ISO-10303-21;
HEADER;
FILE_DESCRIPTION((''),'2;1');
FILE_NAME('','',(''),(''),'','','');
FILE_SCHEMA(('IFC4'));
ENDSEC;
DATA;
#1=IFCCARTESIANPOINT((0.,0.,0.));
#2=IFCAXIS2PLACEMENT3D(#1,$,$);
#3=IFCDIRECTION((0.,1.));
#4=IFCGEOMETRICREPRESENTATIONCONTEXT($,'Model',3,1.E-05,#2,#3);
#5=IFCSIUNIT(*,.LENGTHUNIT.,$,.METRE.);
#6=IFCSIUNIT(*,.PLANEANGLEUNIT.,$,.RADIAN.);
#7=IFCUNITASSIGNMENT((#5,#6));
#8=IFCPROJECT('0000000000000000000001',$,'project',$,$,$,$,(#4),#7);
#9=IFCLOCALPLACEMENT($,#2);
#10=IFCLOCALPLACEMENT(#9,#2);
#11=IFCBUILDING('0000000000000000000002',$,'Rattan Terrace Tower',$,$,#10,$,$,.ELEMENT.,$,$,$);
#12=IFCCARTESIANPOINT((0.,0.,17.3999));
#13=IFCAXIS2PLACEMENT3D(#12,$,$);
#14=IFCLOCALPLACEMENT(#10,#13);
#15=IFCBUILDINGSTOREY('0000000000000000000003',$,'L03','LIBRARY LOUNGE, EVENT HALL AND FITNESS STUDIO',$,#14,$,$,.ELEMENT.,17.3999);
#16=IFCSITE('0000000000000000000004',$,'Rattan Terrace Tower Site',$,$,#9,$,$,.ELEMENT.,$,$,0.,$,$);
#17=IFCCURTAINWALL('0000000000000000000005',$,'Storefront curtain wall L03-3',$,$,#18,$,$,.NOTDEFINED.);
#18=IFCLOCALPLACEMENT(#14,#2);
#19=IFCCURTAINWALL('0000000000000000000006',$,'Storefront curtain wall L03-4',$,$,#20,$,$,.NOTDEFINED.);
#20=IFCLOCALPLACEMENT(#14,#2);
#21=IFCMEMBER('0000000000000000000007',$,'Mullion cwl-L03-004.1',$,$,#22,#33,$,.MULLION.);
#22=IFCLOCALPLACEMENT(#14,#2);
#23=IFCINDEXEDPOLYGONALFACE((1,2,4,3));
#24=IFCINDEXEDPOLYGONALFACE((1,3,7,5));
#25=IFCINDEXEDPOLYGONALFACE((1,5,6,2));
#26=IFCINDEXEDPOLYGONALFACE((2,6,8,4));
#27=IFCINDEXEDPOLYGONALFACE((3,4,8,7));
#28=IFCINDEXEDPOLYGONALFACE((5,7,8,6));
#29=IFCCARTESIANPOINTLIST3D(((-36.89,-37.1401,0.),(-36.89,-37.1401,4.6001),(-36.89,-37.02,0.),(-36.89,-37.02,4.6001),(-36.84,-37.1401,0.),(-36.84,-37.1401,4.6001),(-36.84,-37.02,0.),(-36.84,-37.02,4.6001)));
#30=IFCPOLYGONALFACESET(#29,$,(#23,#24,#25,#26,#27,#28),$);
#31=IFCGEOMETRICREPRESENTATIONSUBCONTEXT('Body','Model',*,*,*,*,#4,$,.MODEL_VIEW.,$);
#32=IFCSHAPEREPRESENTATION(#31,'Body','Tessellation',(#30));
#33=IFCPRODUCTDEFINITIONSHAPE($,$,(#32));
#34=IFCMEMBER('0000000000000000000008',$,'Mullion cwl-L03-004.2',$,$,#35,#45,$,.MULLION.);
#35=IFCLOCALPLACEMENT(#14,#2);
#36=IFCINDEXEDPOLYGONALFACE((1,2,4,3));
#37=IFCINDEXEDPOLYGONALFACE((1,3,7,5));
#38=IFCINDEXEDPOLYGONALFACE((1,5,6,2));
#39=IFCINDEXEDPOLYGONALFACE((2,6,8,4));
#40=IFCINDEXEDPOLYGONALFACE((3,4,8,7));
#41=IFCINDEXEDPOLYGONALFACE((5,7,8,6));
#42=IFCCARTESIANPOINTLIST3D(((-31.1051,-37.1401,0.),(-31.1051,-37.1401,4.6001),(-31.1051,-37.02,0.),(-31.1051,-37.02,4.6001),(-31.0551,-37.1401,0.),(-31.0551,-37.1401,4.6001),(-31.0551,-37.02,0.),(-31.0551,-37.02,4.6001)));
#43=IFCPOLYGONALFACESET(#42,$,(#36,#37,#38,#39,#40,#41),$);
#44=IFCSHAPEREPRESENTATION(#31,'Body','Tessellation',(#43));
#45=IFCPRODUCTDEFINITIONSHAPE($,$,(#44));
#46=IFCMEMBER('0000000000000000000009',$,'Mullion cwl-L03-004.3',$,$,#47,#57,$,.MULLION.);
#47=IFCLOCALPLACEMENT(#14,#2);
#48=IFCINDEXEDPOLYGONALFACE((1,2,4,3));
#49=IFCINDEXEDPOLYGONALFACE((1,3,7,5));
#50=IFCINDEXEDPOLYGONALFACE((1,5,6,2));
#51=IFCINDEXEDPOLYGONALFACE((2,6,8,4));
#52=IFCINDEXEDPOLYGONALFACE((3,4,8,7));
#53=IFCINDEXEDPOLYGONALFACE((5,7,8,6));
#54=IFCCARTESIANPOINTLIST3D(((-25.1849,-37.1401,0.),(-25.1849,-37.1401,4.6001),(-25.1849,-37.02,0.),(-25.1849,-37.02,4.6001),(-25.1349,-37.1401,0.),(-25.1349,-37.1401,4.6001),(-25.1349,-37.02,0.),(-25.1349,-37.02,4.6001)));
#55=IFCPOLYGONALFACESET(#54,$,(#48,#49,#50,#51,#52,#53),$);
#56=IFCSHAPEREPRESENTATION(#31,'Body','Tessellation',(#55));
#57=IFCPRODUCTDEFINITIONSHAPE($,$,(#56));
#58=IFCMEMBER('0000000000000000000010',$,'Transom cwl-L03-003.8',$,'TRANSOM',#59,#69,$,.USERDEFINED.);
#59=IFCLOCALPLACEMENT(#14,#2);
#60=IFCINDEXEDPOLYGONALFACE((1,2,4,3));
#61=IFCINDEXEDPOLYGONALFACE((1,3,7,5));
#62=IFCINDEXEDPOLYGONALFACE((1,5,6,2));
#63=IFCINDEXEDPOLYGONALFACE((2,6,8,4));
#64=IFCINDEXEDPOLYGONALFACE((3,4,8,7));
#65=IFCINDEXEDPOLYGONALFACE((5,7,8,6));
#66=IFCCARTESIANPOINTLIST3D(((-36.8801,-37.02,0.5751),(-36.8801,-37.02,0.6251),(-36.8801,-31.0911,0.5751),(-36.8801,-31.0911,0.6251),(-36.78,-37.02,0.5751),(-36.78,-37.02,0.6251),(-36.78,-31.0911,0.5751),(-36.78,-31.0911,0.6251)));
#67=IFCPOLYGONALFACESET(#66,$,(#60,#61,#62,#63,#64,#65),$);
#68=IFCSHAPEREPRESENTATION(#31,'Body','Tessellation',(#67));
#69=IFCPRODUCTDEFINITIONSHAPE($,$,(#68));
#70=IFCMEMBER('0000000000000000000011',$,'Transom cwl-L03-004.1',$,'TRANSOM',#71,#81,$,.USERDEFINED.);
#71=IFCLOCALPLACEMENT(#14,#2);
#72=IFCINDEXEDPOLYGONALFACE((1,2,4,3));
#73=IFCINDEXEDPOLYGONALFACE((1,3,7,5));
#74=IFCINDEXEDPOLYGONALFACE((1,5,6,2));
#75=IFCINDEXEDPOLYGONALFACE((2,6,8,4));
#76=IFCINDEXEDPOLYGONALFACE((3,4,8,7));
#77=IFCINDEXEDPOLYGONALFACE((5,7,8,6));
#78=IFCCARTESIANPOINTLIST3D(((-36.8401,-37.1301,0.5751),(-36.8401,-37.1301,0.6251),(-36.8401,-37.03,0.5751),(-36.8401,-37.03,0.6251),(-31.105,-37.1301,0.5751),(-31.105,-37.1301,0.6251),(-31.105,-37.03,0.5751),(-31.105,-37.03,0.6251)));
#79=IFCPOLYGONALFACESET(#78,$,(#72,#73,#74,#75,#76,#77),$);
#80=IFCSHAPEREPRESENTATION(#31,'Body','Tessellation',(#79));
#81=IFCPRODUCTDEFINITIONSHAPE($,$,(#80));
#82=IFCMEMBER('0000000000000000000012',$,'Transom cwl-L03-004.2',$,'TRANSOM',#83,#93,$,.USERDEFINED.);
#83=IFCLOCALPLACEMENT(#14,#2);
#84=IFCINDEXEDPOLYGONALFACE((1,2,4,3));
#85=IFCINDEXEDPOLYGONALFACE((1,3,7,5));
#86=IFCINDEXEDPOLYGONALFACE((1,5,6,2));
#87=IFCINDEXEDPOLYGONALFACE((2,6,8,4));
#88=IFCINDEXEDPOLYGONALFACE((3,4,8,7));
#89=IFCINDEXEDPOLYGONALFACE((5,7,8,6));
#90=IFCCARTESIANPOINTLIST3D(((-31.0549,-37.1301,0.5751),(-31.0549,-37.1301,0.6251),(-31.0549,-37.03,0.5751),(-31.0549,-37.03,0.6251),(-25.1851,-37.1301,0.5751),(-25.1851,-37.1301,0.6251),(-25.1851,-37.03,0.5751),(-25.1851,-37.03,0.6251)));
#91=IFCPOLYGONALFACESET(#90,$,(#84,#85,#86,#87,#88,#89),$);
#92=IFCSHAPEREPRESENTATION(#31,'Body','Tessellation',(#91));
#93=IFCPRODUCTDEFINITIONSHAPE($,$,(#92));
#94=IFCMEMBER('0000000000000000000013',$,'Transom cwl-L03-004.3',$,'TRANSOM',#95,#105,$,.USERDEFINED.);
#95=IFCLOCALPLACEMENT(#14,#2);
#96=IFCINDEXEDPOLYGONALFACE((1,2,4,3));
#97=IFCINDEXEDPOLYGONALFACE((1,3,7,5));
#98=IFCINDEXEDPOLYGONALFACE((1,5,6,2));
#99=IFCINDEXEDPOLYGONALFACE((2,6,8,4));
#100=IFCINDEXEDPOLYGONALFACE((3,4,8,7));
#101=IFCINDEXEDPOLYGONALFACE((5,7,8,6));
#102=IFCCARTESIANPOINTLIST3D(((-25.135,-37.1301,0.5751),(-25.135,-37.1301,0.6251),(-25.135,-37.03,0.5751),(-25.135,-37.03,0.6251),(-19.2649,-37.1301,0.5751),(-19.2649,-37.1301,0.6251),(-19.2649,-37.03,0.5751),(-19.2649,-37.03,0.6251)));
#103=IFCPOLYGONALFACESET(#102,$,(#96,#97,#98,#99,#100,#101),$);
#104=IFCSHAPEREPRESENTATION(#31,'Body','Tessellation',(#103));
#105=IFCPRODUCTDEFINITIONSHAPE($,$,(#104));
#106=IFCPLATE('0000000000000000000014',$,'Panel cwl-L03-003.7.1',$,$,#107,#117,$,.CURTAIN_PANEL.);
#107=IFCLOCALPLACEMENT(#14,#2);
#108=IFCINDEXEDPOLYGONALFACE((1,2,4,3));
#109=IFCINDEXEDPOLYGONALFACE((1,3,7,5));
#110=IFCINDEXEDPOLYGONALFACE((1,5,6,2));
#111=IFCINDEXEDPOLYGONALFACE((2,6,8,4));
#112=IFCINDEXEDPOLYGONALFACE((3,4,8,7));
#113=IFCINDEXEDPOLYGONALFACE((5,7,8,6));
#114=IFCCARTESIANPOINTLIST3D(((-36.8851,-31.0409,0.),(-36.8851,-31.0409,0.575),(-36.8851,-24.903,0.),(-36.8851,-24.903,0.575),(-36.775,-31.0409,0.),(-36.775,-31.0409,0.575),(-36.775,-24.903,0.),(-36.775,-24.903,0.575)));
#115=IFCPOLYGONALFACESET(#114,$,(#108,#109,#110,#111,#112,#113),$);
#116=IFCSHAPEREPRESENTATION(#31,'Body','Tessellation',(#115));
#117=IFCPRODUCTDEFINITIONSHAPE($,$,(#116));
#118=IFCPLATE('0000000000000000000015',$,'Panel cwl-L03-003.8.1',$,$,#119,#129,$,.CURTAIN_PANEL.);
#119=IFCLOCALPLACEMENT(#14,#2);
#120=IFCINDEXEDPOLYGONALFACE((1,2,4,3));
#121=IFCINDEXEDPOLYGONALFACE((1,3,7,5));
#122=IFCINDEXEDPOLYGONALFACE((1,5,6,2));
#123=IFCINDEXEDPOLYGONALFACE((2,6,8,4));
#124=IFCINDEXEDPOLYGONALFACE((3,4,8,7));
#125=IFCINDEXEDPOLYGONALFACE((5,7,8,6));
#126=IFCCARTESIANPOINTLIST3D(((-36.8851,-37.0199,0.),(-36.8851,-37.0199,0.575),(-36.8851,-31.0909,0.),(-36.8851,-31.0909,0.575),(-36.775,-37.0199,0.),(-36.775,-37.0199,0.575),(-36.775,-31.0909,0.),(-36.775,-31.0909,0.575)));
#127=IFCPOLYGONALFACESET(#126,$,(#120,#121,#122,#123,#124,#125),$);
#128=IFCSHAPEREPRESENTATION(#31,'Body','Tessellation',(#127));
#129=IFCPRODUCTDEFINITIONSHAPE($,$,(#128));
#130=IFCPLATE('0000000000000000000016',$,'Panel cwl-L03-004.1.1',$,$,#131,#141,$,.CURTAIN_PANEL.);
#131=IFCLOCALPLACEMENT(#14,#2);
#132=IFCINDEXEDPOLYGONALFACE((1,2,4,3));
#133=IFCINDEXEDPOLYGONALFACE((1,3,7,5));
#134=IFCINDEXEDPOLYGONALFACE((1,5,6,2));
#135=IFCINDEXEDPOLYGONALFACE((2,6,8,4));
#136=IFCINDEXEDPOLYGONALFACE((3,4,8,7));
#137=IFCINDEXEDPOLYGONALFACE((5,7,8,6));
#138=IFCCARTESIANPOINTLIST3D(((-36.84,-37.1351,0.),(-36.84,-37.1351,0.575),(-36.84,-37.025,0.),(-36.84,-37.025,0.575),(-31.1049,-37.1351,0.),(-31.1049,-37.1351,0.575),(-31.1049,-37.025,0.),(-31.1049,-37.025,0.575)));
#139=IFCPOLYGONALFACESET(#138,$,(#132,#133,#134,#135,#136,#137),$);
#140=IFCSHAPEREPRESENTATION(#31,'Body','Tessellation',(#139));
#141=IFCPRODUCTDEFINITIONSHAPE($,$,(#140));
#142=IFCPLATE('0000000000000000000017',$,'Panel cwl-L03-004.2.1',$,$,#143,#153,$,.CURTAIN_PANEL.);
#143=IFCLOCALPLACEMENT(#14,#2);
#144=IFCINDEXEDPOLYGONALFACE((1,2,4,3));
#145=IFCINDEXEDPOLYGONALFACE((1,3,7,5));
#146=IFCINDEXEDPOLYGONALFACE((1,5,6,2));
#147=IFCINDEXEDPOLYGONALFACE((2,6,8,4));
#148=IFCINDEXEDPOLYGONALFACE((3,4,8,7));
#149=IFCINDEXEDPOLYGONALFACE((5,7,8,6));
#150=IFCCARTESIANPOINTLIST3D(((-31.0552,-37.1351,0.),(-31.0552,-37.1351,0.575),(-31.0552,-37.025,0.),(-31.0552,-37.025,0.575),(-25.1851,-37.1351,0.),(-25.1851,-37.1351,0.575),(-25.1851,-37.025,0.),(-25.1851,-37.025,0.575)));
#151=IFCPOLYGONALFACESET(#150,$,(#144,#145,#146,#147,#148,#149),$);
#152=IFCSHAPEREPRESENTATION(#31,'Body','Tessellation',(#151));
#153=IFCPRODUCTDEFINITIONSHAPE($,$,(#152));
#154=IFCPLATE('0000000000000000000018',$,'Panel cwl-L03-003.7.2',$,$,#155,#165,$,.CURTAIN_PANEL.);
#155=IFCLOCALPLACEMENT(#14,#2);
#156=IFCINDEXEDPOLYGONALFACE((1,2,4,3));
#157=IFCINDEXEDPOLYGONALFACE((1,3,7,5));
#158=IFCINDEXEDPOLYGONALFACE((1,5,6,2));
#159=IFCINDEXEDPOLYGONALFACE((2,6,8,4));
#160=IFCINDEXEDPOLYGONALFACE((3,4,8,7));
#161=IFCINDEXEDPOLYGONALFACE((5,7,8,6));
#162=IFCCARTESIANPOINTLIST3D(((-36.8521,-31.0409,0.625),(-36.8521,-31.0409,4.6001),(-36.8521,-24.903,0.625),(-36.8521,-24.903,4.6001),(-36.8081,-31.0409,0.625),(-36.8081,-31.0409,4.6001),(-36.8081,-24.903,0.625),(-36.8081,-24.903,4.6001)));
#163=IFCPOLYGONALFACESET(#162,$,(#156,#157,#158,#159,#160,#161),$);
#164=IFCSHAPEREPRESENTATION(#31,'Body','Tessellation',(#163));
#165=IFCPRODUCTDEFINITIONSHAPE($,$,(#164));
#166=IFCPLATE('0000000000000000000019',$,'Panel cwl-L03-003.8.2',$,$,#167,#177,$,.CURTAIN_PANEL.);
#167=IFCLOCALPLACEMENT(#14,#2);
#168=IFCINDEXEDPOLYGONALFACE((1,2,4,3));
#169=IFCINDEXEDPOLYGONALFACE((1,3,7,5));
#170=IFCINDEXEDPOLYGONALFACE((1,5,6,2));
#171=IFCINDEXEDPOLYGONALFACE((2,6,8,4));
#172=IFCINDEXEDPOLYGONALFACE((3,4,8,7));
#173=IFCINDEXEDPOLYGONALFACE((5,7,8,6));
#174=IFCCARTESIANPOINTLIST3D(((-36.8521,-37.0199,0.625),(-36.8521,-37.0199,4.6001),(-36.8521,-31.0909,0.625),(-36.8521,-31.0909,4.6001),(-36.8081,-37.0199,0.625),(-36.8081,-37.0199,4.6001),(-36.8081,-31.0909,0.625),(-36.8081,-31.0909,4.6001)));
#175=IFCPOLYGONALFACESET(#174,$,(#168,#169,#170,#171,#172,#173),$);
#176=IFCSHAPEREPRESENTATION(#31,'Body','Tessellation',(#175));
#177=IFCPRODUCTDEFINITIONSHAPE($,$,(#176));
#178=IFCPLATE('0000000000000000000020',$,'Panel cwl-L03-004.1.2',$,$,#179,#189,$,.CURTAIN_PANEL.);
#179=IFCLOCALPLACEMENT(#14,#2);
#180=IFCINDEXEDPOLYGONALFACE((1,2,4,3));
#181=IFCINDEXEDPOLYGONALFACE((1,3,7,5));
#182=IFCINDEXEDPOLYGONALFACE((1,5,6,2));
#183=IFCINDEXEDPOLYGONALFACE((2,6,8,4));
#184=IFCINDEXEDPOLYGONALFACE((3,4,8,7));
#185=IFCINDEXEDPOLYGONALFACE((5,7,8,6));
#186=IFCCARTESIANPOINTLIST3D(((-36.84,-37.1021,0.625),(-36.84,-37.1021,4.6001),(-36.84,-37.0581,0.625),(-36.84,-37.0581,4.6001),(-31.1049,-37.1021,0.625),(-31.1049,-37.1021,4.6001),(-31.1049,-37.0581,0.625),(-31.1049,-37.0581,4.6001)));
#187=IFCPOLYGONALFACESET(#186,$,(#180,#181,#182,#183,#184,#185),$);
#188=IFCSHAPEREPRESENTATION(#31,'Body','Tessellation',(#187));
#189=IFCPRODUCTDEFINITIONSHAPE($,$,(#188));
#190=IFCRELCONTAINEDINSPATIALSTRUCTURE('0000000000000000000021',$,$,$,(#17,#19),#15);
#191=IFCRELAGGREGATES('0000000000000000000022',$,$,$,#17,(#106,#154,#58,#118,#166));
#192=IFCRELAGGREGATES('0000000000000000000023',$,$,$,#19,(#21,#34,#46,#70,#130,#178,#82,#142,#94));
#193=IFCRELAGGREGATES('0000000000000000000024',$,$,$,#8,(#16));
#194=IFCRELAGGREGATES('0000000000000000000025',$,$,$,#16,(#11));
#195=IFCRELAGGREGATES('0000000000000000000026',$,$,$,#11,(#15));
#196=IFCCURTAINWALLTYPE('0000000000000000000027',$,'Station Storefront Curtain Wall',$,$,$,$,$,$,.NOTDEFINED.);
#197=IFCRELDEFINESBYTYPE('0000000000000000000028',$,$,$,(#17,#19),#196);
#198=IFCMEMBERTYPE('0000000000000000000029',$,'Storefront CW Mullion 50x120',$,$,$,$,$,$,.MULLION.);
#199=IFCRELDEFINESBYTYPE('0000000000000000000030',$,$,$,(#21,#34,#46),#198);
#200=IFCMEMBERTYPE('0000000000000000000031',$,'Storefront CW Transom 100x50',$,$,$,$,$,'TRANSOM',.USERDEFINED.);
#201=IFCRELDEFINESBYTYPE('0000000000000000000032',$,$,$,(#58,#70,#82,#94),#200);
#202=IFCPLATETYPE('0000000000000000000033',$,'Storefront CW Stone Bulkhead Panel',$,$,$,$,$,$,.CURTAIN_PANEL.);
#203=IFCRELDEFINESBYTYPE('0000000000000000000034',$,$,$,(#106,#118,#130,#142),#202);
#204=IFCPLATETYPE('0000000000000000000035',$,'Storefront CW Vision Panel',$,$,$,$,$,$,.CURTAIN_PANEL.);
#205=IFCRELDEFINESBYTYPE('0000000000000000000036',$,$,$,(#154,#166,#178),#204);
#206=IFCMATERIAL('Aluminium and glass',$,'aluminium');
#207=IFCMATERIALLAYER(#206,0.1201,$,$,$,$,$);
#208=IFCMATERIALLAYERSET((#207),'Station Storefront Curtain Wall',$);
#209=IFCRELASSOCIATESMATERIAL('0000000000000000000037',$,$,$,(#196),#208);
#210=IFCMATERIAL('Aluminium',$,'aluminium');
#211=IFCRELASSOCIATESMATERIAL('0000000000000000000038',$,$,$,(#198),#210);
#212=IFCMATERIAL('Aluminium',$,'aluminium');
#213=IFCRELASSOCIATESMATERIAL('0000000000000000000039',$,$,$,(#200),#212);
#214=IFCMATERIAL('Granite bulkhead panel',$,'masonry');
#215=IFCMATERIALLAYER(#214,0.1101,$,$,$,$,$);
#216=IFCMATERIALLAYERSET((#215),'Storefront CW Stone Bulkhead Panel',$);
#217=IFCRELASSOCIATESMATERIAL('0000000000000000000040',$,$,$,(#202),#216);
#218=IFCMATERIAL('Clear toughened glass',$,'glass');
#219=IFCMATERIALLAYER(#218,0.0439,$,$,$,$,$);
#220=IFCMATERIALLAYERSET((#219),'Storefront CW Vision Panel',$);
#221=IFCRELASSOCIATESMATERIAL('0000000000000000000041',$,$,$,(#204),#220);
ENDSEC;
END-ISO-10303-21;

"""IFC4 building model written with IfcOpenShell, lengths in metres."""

from ifc_helpers import new_model, si_unit, direction, frame, origin, origin_2d, place, context, subcontext, project, spatial, rectangle, extrude, material, layer, layer_set, material_profile, profile_set, type_object, element, aggregate, save


model = new_model("IFC4")

# Units and contexts
model_context = context("Model", 3, precision=1e-05, world=origin(), true_north=direction((0.0, 1.0)))
body_context = subcontext(model_context, "Body", "Model", "MODEL_VIEW")
ifc_project = project(units=[si_unit("LENGTHUNIT", "METRE"), si_unit("PLANEANGLEUNIT", "RADIAN")], contexts=[model_context])

# Site, building, storey
site_placement = place(None, origin())
site = spatial("IfcSite", under=ifc_project, at=site_placement, Name="Rattan Terrace Tower Site", CompositionType="ELEMENT", RefElevation=0.0)
building_placement = place(site_placement, origin())
building = spatial("IfcBuilding", under=site, at=building_placement, Name="Rattan Terrace Tower", CompositionType="ELEMENT")
storey_placement = place(building_placement, frame((0.0, 0.0, 17.3999)))
storey = spatial("IfcBuildingStorey", under=building, at=storey_placement, Name="L03", Description="LIBRARY LOUNGE, EVENT HALL AND FITNESS STUDIO", CompositionType="ELEMENT", Elevation=17.3999)

# Curtain wall
ifc_material_1 = material(Name="Aluminium and glass", Category="aluminium")
ifc_layer_1 = layer(ifc_material_1, 0.1201)
ifc_layer_set_1 = layer_set([ifc_layer_1], Name="Station Storefront Curtain Wall")
curtain_wall_type = type_object("IfcCurtainWallType", Name="Station Storefront Curtain Wall", PredefinedType="NOTDEFINED", material=ifc_layer_set_1)
curtain_wall_1_placement = place(storey_placement, origin())
curtain_wall_1 = element("IfcCurtainWall", 1, at=curtain_wall_1_placement, inside=storey, type_object=curtain_wall_type, Name="Storefront curtain wall L03-3", PredefinedType="NOTDEFINED")
ifc_material_2 = material(Name="Aluminium", Category="aluminium")
ifc_material_profile_1 = material_profile(ifc_material_2, rectangle(XDim=0.05, YDim=0.1201, at=origin_2d()), Name="Aluminium 50x120")
ifc_profile_set_1 = profile_set([ifc_material_profile_1], Name="Aluminium")
member_type_1 = type_object("IfcMemberType", Name="Storefront CW Mullion 50x120", PredefinedType="MULLION", material=ifc_profile_set_1)

# Curtain wall, members
curtain_wall_2_placement = place(storey_placement, origin())
curtain_wall_2 = element("IfcCurtainWall", 2, at=curtain_wall_2_placement, inside=storey, type_object=curtain_wall_type, Name="Storefront curtain wall L03-4", PredefinedType="NOTDEFINED")
member_1_placement = place(storey_placement, frame((-36.865, -37.0801, 0.0), z_axis=(0.0, 0.0, 1.0), x_axis=(1.0, 0.0, 0.0)))
member_1 = element("IfcMember", 3, at=member_1_placement, type_object=member_type_1, Name="Mullion cwl-L03-004.1", PredefinedType="MULLION", context=body_context, shape_type="SweptSolid", body=[
    extrude(rectangle(XDim=0.05, YDim=0.1201, at=origin_2d()), origin(), (0.0, 0.0, 1.0), 4.6001),
])
member_2_placement = place(storey_placement, frame((-31.0801, -37.0801, 0.0), z_axis=(0.0, 0.0, 1.0), x_axis=(1.0, 0.0, 0.0)))
member_2 = element("IfcMember", 4, at=member_2_placement, type_object=member_type_1, Name="Mullion cwl-L03-004.2", PredefinedType="MULLION", context=body_context, shape_type="SweptSolid", body=[
    extrude(rectangle(XDim=0.05, YDim=0.1201, at=origin_2d()), origin(), (0.0, 0.0, 1.0), 4.6001),
])
member_3_placement = place(storey_placement, frame((-25.1599, -37.0801, 0.0), z_axis=(0.0, 0.0, 1.0), x_axis=(1.0, 0.0, 0.0)))
member_3 = element("IfcMember", 5, at=member_3_placement, type_object=member_type_1, Name="Mullion cwl-L03-004.3", PredefinedType="MULLION", context=body_context, shape_type="SweptSolid", body=[
    extrude(rectangle(XDim=0.05, YDim=0.1201, at=origin_2d()), origin(), (0.0, 0.0, 1.0), 4.6001),
])

# Members
ifc_material_3 = material(Name="Aluminium", Category="aluminium")
ifc_material_profile_2 = material_profile(ifc_material_3, rectangle(XDim=0.1001, YDim=0.05, at=origin_2d()), Name="Aluminium 100x50")
ifc_profile_set_2 = profile_set([ifc_material_profile_2], Name="Aluminium")
member_type_2 = type_object("IfcMemberType", Name="Storefront CW Transom 100x50", ElementType="TRANSOM", PredefinedType="USERDEFINED", material=ifc_profile_set_2)
member_4_placement = place(storey_placement, frame((-36.8301, -31.0911, 0.6001), z_axis=(0.0, -1.0, 0.0), x_axis=(1.0, 0.0, 0.0)))
member_4 = element("IfcMember", 6, at=member_4_placement, type_object=member_type_2, Name="Transom cwl-L03-003.8", ObjectType="TRANSOM", PredefinedType="USERDEFINED", context=body_context, shape_type="SweptSolid", body=[
    extrude(rectangle(XDim=0.1001, YDim=0.05, at=origin_2d()), origin(), (0.0, 0.0, 1.0), 5.929),
])
member_5_placement = place(storey_placement, frame((-36.8401, -37.0801, 0.6001), z_axis=(1.0, 0.0, 0.0), x_axis=(0.0, 1.0, 0.0)))
member_5 = element("IfcMember", 7, at=member_5_placement, type_object=member_type_2, Name="Transom cwl-L03-004.1", ObjectType="TRANSOM", PredefinedType="USERDEFINED", context=body_context, shape_type="SweptSolid", body=[
    extrude(rectangle(XDim=0.1001, YDim=0.05, at=origin_2d()), origin(), (0.0, 0.0, 1.0), 5.7351),
])
member_6_placement = place(storey_placement, frame((-31.0549, -37.0801, 0.6001), z_axis=(1.0, 0.0, 0.0), x_axis=(0.0, 1.0, 0.0)))
member_6 = element("IfcMember", 8, at=member_6_placement, type_object=member_type_2, Name="Transom cwl-L03-004.2", ObjectType="TRANSOM", PredefinedType="USERDEFINED", context=body_context, shape_type="SweptSolid", body=[
    extrude(rectangle(XDim=0.1001, YDim=0.05, at=origin_2d()), origin(), (0.0, 0.0, 1.0), 5.8699),
])
member_7_placement = place(storey_placement, frame((-25.135, -37.0801, 0.6001), z_axis=(1.0, 0.0, 0.0), x_axis=(0.0, 1.0, 0.0)))
member_7 = element("IfcMember", 9, at=member_7_placement, type_object=member_type_2, Name="Transom cwl-L03-004.3", ObjectType="TRANSOM", PredefinedType="USERDEFINED", context=body_context, shape_type="SweptSolid", body=[
    extrude(rectangle(XDim=0.1001, YDim=0.05, at=origin_2d()), origin(), (0.0, 0.0, 1.0), 5.8701),
])

# Plates
ifc_material_4 = material(Name="Granite bulkhead panel", Category="masonry")
ifc_layer_2 = layer(ifc_material_4, 0.1101)
ifc_layer_set_2 = layer_set([ifc_layer_2], Name="Storefront CW Stone Bulkhead Panel")
plate_type_1 = type_object("IfcPlateType", Name="Storefront CW Stone Bulkhead Panel", PredefinedType="CURTAIN_PANEL", material=ifc_layer_set_2)
plate_1_placement = place(storey_placement, frame((-36.8301, -27.9719, 0.0), z_axis=(0.0, 0.0, 1.0), x_axis=(0.0, -1.0, 0.0)))
plate_1 = element("IfcPlate", 10, at=plate_1_placement, type_object=plate_type_1, Name="Panel cwl-L03-003.7.1", PredefinedType="CURTAIN_PANEL", context=body_context, shape_type="SweptSolid", body=[
    extrude(rectangle(XDim=6.1379, YDim=0.1101, at=origin_2d()), origin(), (0.0, 0.0, 1.0), 0.575),
])
plate_2_placement = place(storey_placement, frame((-36.8301, -34.0554, 0.0), z_axis=(0.0, 0.0, 1.0), x_axis=(0.0, -1.0, 0.0)))
plate_2 = element("IfcPlate", 11, at=plate_2_placement, type_object=plate_type_1, Name="Panel cwl-L03-003.8.1", PredefinedType="CURTAIN_PANEL", context=body_context, shape_type="SweptSolid", body=[
    extrude(rectangle(XDim=5.929, YDim=0.1101, at=origin_2d()), origin(), (0.0, 0.0, 1.0), 0.575),
])
plate_3_placement = place(storey_placement, frame((-33.9724, -37.0801, 0.0), z_axis=(0.0, 0.0, 1.0), x_axis=(1.0, 0.0, 0.0)))
plate_3 = element("IfcPlate", 12, at=plate_3_placement, type_object=plate_type_1, Name="Panel cwl-L03-004.1.1", PredefinedType="CURTAIN_PANEL", context=body_context, shape_type="SweptSolid", body=[
    extrude(rectangle(XDim=5.7351, YDim=0.1101, at=origin_2d()), origin(), (0.0, 0.0, 1.0), 0.575),
])
plate_4_placement = place(storey_placement, frame((-28.1201, -37.0801, 0.0), z_axis=(0.0, 0.0, 1.0), x_axis=(1.0, 0.0, 0.0)))
plate_4 = element("IfcPlate", 13, at=plate_4_placement, type_object=plate_type_1, Name="Panel cwl-L03-004.2.1", PredefinedType="CURTAIN_PANEL", context=body_context, shape_type="SweptSolid", body=[
    extrude(rectangle(XDim=5.8701, YDim=0.1101, at=origin_2d()), origin(), (0.0, 0.0, 1.0), 0.575),
])
ifc_material_5 = material(Name="Clear toughened glass", Category="glass")
ifc_layer_3 = layer(ifc_material_5, 0.0439)
ifc_layer_set_3 = layer_set([ifc_layer_3], Name="Storefront CW Vision Panel")
plate_type_2 = type_object("IfcPlateType", Name="Storefront CW Vision Panel", PredefinedType="CURTAIN_PANEL", material=ifc_layer_set_3)
plate_5_placement = place(storey_placement, frame((-36.8301, -27.9719, 0.625), z_axis=(0.0, 0.0, 1.0), x_axis=(0.0, -1.0, 0.0)))
plate_5 = element("IfcPlate", 14, at=plate_5_placement, type_object=plate_type_2, Name="Panel cwl-L03-003.7.2", PredefinedType="CURTAIN_PANEL", context=body_context, shape_type="SweptSolid", body=[
    extrude(rectangle(XDim=6.1379, YDim=0.0439, at=origin_2d()), origin(), (0.0, 0.0, 1.0), 3.9751),
])
plate_6_placement = place(storey_placement, frame((-36.8301, -34.0554, 0.625), z_axis=(0.0, 0.0, 1.0), x_axis=(0.0, -1.0, 0.0)))
plate_6 = element("IfcPlate", 15, at=plate_6_placement, type_object=plate_type_2, Name="Panel cwl-L03-003.8.2", PredefinedType="CURTAIN_PANEL", context=body_context, shape_type="SweptSolid", body=[
    extrude(rectangle(XDim=5.929, YDim=0.0439, at=origin_2d()), origin(), (0.0, 0.0, 1.0), 3.9751),
])
aggregate(curtain_wall_1, [plate_1, plate_5, member_4, plate_2, plate_6])
plate_7_placement = place(storey_placement, frame((-33.9724, -37.0801, 0.625), z_axis=(0.0, 0.0, 1.0), x_axis=(1.0, 0.0, 0.0)))
plate_7 = element("IfcPlate", 16, at=plate_7_placement, type_object=plate_type_2, Name="Panel cwl-L03-004.1.2", PredefinedType="CURTAIN_PANEL", context=body_context, shape_type="SweptSolid", body=[
    extrude(rectangle(XDim=5.7351, YDim=0.0439, at=origin_2d()), origin(), (0.0, 0.0, 1.0), 3.9751),
])
aggregate(curtain_wall_2, [member_1, member_2, member_3, member_5, plate_3, plate_7, member_6, plate_4, member_7])

save(model, "model.ifc")
